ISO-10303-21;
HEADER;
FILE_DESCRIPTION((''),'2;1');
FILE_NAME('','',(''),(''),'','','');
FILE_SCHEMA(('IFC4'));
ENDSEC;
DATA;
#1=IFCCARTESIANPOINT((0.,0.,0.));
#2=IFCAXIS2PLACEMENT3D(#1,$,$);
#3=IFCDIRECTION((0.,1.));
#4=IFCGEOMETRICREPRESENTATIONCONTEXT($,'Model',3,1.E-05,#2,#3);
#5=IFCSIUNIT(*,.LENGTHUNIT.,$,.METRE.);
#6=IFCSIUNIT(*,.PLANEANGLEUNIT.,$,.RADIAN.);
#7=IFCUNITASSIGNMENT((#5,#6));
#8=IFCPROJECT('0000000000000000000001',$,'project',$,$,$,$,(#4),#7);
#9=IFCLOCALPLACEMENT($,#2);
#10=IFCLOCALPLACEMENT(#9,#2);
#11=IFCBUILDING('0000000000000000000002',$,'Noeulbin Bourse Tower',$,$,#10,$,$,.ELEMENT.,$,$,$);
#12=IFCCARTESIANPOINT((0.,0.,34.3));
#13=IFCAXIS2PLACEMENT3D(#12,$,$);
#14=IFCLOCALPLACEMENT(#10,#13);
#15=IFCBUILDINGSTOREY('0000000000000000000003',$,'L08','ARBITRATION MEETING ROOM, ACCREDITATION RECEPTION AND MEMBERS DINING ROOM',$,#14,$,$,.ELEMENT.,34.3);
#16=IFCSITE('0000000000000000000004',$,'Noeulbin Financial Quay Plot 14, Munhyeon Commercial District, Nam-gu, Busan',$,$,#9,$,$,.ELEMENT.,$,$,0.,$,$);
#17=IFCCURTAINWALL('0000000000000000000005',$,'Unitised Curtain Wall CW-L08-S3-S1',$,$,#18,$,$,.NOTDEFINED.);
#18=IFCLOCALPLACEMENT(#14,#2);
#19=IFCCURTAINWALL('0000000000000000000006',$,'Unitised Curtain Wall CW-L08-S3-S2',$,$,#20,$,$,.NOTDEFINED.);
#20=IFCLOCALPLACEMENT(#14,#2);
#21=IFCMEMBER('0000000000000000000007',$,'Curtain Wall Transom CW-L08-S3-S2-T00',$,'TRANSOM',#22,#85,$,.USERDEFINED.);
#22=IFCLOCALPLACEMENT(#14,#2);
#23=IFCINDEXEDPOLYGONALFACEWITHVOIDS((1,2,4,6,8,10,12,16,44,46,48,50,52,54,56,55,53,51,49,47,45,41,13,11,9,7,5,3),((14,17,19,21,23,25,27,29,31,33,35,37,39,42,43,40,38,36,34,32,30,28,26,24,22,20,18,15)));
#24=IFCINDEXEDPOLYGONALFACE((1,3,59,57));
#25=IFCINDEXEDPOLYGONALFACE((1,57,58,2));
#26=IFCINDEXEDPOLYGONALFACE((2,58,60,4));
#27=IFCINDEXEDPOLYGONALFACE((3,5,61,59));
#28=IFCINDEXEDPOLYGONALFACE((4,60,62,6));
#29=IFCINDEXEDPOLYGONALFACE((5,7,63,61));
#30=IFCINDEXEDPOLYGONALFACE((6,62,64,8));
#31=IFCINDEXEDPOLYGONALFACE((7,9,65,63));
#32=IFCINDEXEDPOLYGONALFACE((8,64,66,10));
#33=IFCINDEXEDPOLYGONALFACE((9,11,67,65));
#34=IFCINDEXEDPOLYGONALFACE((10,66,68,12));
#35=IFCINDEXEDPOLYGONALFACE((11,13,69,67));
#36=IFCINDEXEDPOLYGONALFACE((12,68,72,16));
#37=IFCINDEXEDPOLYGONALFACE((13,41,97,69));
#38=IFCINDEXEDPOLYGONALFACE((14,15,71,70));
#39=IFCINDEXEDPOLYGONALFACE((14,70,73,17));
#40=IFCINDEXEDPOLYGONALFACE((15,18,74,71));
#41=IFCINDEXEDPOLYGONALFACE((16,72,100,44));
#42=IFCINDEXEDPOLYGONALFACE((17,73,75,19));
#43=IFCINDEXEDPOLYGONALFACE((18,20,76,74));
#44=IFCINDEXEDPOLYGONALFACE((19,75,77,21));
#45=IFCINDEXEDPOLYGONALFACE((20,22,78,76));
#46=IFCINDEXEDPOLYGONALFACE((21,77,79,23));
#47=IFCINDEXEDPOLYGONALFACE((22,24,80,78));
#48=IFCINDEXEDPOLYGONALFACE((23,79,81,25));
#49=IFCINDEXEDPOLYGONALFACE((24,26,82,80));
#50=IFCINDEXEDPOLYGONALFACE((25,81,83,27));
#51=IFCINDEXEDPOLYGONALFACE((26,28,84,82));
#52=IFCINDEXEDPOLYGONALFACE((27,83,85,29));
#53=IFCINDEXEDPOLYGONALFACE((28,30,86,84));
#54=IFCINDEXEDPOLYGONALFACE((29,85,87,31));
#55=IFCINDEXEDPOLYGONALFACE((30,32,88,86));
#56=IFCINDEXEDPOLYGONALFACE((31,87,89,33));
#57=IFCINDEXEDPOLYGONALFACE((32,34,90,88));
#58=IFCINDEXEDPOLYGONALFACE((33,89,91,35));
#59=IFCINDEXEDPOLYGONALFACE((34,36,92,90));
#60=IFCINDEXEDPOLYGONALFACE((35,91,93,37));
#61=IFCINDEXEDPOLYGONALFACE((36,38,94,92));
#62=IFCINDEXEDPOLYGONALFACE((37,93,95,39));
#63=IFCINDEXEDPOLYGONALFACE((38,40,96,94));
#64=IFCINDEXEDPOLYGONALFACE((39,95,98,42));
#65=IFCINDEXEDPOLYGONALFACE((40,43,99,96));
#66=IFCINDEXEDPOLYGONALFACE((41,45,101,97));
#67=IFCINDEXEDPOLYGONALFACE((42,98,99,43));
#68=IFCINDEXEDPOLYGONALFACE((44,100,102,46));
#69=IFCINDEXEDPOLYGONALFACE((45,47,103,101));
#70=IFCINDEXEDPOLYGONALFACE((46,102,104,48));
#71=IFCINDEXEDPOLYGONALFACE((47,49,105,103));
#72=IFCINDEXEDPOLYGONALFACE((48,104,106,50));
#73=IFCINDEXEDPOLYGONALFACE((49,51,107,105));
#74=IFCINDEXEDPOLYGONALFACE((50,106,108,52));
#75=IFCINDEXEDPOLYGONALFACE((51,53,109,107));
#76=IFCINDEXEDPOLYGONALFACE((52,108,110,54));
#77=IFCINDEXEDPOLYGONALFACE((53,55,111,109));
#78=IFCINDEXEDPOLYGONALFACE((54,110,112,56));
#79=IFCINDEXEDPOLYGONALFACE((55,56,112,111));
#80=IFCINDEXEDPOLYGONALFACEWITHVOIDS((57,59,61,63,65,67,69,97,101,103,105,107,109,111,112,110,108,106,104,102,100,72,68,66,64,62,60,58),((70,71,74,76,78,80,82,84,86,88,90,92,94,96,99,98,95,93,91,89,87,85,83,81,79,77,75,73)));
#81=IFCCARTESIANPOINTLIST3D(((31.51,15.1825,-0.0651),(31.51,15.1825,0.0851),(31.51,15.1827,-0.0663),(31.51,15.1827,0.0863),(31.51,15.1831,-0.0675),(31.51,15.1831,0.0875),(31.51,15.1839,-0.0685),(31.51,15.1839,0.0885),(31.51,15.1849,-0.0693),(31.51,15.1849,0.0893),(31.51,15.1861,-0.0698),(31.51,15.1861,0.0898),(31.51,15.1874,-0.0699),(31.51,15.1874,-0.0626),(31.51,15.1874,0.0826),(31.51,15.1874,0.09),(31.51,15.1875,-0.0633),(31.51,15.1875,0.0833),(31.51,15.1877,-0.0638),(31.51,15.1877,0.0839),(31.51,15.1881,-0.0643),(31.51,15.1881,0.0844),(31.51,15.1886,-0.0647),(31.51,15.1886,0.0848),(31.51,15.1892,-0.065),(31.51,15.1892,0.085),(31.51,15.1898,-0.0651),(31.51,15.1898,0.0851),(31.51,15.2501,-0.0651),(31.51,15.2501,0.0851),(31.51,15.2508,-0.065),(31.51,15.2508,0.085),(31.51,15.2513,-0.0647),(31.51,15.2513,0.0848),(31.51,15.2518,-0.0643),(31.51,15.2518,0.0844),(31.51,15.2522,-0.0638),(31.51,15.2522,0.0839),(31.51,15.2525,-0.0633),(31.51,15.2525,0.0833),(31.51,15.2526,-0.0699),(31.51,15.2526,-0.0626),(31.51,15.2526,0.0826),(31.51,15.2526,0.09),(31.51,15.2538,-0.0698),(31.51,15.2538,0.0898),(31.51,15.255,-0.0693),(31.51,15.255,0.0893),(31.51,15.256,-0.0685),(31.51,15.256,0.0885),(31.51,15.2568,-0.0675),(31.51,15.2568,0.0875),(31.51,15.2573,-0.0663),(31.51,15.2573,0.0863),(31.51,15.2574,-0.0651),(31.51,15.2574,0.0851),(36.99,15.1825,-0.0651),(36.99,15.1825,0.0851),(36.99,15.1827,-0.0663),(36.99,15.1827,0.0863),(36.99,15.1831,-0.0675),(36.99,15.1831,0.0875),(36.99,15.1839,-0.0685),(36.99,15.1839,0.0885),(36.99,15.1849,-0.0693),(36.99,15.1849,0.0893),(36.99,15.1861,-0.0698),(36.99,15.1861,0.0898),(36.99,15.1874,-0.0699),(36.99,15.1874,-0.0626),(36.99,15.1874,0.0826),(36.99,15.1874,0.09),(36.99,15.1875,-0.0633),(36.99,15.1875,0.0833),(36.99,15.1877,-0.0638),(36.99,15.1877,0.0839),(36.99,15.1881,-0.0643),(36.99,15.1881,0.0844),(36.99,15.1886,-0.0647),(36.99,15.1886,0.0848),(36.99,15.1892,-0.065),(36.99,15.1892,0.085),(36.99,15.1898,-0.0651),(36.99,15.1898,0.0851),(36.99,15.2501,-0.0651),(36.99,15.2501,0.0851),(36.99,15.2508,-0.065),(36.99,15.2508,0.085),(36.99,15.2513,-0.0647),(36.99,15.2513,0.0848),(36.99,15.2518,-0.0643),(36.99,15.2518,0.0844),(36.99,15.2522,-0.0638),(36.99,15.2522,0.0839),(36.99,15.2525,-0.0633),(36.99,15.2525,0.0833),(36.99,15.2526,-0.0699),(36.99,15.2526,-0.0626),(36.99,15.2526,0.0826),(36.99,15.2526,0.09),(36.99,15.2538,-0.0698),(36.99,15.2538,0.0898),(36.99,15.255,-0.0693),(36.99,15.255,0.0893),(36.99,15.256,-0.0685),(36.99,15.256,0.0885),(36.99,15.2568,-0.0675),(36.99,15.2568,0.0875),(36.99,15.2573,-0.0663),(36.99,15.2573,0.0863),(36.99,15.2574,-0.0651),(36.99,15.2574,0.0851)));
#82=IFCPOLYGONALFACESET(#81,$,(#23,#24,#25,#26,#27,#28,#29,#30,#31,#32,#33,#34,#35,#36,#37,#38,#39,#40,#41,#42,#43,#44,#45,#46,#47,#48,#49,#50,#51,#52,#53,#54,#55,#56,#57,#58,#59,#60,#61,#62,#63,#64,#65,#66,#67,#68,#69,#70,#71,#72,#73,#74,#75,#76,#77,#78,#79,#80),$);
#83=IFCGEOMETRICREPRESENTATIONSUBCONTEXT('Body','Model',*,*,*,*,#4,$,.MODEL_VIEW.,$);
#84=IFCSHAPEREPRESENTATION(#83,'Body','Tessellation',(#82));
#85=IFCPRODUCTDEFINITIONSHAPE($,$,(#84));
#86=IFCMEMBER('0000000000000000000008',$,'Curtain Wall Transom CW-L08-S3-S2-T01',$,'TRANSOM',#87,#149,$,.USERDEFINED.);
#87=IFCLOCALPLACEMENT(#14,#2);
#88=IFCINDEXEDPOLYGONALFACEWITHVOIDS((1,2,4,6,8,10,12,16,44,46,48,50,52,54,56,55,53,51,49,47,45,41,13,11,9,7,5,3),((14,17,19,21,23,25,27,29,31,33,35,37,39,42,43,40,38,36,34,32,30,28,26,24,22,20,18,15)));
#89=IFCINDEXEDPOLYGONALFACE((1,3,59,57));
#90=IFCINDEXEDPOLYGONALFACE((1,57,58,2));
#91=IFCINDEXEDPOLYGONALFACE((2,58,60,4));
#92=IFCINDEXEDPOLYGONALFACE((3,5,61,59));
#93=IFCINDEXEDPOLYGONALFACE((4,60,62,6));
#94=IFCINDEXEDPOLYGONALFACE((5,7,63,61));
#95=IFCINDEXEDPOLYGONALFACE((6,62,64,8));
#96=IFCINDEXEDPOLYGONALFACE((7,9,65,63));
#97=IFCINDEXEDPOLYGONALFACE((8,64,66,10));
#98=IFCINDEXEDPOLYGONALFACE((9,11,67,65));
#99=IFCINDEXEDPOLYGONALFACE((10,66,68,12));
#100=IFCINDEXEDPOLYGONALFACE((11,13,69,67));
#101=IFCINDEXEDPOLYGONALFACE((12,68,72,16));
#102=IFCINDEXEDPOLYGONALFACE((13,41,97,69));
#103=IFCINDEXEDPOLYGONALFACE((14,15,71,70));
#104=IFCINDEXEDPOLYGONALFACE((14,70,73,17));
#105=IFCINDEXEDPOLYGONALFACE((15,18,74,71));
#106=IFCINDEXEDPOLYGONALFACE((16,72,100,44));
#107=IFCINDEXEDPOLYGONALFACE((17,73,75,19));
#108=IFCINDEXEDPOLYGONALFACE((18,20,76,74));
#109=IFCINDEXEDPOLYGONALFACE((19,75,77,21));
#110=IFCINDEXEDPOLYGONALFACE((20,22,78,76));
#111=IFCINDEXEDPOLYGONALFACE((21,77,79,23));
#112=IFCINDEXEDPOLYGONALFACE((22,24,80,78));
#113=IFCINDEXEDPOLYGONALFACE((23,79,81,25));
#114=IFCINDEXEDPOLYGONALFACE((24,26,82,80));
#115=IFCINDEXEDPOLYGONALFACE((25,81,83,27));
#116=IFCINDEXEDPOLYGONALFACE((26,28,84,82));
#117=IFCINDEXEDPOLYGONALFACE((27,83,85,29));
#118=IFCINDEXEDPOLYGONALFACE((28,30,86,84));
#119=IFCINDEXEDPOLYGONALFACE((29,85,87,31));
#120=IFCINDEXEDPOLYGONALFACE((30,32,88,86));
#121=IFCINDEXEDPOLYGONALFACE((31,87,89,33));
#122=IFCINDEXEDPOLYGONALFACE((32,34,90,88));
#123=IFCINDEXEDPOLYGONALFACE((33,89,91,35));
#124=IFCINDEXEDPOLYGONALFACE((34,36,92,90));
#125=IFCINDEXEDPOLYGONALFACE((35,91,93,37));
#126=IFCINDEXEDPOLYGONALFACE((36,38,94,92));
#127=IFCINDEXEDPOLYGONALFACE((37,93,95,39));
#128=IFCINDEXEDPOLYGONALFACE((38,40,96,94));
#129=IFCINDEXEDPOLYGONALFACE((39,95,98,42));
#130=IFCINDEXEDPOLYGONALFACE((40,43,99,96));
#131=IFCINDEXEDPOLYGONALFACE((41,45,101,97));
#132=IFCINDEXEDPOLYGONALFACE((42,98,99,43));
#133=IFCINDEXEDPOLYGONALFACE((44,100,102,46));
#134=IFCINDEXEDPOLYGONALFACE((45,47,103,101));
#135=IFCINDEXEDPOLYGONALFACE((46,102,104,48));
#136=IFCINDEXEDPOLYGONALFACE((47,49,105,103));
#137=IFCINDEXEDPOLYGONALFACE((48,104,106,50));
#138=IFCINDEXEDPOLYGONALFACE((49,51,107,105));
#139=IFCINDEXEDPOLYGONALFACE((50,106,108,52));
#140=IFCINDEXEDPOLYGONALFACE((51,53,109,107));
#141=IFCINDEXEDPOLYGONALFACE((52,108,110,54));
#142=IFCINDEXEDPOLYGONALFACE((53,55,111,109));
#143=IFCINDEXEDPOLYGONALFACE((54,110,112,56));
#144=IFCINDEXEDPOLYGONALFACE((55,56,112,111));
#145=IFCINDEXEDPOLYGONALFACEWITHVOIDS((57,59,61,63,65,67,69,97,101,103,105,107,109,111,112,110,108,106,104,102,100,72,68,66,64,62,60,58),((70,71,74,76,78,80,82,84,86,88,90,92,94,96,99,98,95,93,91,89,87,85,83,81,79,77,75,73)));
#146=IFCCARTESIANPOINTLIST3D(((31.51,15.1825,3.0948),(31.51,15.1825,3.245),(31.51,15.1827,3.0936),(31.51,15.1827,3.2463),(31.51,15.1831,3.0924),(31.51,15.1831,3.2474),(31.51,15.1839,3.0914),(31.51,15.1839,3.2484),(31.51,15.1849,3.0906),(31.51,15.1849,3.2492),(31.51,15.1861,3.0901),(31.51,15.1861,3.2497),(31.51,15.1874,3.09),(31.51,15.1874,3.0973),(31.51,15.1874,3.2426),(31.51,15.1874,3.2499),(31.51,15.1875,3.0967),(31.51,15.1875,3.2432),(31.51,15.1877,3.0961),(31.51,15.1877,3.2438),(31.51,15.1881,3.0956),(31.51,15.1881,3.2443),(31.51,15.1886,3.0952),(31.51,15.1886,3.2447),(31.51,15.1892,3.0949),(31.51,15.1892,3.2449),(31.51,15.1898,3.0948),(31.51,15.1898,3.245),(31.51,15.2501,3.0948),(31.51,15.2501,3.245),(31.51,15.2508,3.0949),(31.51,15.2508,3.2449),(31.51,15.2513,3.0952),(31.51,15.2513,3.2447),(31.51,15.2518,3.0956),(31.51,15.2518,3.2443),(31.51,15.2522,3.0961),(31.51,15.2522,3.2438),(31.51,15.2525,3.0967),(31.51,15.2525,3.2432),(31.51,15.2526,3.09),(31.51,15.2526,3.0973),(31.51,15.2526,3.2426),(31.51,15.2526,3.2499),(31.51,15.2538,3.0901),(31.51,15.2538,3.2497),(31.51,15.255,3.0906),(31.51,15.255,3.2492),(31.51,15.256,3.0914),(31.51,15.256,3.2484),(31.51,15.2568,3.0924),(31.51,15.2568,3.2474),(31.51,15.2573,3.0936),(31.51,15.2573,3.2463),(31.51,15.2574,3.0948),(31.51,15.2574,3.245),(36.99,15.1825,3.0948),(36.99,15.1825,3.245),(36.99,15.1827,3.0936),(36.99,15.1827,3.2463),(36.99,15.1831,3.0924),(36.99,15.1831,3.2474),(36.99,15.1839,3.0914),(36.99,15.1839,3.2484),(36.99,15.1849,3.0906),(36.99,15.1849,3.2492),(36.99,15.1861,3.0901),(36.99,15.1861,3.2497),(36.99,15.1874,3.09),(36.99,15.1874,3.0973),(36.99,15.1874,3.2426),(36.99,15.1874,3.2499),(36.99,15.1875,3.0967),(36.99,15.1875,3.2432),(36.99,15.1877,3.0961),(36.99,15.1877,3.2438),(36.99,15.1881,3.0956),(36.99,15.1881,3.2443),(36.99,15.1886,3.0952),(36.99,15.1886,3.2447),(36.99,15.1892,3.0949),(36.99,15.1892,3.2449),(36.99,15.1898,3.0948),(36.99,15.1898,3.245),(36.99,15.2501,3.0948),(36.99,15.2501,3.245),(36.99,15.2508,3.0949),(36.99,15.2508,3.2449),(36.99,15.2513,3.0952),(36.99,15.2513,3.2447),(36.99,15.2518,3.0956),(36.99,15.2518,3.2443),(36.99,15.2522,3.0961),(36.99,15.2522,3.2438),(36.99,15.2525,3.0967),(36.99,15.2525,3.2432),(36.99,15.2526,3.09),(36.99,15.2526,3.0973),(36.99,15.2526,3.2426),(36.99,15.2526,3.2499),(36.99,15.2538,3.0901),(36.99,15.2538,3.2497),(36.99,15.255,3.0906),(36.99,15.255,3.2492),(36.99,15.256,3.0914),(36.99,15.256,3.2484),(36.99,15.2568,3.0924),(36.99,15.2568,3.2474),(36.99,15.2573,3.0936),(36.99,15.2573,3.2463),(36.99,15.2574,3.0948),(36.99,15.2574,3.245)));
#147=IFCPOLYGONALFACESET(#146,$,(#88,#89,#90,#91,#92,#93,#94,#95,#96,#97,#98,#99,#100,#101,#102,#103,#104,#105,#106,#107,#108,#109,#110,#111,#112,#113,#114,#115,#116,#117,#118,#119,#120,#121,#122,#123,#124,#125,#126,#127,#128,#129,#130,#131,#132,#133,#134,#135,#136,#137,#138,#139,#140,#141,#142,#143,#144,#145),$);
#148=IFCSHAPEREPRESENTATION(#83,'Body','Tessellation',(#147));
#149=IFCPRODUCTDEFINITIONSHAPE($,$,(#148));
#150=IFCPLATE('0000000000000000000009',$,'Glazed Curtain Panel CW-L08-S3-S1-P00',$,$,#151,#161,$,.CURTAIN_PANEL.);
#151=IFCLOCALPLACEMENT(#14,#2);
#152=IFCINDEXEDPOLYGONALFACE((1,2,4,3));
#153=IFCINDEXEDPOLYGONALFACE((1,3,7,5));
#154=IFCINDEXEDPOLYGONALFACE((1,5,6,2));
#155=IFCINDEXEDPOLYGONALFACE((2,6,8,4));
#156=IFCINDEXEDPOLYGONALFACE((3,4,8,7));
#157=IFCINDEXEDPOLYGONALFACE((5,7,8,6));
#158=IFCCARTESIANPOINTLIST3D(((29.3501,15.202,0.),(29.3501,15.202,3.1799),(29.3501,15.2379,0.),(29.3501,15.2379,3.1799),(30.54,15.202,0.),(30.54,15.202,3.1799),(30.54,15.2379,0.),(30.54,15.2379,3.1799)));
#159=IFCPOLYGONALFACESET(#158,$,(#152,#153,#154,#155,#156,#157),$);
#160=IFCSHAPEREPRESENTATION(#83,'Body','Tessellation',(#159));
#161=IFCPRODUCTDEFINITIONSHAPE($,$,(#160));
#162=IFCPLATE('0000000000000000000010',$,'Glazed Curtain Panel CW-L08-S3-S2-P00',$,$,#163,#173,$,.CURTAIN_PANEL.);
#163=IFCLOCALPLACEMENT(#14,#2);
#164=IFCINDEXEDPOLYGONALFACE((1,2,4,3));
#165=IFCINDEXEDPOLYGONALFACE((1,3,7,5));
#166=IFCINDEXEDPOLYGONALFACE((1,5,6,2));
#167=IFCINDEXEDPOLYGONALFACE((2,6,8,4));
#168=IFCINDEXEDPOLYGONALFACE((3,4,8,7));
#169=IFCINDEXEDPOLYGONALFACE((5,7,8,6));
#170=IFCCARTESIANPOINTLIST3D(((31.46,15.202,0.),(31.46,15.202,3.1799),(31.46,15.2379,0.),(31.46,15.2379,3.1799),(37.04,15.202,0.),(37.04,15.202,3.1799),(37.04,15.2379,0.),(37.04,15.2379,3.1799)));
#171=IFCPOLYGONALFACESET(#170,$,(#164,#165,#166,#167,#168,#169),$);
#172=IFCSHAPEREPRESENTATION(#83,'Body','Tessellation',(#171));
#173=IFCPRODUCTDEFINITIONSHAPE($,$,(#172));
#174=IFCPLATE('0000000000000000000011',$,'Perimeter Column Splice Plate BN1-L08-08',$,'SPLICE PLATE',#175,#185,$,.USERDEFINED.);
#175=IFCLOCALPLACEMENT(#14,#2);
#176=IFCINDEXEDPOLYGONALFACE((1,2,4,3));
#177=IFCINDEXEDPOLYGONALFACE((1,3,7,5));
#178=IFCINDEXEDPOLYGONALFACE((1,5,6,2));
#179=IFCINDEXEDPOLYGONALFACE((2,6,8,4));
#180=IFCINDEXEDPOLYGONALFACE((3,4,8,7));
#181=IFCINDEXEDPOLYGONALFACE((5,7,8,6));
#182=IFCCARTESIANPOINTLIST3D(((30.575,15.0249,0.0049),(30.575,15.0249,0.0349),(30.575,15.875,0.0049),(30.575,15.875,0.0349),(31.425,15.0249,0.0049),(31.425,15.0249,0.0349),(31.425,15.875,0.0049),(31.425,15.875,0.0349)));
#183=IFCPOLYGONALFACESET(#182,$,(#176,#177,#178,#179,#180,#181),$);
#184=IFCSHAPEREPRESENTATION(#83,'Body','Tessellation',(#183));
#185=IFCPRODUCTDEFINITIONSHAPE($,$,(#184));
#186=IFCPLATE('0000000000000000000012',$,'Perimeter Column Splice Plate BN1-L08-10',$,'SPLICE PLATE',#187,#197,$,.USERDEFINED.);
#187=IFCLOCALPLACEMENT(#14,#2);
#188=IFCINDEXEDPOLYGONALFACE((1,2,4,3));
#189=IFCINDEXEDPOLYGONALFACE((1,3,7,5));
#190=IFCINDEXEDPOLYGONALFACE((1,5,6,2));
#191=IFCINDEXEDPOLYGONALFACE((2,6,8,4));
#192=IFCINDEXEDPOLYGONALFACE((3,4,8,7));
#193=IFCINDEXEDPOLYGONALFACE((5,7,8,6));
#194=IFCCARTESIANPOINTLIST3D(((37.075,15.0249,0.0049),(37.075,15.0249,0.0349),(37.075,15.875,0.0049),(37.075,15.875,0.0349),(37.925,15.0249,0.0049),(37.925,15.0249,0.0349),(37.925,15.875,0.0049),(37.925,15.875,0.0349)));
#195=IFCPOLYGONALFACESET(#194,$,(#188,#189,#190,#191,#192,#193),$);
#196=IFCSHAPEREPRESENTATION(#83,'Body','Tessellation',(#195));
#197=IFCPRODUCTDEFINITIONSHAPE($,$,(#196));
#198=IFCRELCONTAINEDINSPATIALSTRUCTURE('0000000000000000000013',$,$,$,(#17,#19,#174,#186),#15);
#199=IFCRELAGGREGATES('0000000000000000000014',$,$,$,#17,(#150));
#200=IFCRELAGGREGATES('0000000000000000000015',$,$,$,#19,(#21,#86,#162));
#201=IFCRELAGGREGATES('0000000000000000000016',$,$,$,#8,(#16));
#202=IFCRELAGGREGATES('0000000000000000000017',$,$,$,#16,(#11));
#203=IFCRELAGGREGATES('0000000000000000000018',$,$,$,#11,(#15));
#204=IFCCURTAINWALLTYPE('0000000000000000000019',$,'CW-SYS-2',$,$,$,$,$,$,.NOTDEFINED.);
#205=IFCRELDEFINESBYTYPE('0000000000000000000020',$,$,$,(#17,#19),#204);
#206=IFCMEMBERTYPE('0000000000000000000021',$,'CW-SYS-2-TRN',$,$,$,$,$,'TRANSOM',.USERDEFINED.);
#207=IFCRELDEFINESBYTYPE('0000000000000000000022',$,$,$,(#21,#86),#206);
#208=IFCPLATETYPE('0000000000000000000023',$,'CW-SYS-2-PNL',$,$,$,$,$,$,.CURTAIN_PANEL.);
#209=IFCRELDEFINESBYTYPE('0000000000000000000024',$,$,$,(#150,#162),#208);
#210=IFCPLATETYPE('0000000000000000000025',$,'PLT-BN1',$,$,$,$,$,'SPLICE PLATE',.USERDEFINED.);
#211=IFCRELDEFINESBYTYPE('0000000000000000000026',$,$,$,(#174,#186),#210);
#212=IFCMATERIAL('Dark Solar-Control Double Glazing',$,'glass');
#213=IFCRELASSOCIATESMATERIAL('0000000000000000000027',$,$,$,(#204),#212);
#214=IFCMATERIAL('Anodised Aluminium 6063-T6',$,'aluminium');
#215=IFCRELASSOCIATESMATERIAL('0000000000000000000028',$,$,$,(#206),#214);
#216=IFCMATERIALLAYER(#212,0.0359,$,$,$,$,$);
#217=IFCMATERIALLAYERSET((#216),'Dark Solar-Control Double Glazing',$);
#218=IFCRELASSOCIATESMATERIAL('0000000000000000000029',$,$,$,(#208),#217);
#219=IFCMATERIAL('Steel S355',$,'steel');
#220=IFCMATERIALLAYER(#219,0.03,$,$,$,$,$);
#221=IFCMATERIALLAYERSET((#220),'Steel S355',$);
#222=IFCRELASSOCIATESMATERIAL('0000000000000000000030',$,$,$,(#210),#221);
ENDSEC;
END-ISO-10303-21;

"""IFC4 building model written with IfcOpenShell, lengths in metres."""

from ifc_helpers import new_model, si_unit, direction, frame, origin, origin_2d, place, context, subcontext, project, spatial, rectangle, hollow_rectangle, extrude, material, layer, layer_set, material_profile, profile_set, type_object, element, aggregate, save


model = new_model("IFC4")

# Units and contexts
model_context = context("Model", 3, precision=1e-05, world=origin(), true_north=direction((0.0, 1.0)))
body_context = subcontext(model_context, "Body", "Model", "MODEL_VIEW")
ifc_project = project(units=[si_unit("LENGTHUNIT", "METRE"), si_unit("PLANEANGLEUNIT", "RADIAN")], contexts=[model_context])

# Site, building, storey
site_placement = place(None, origin())
site = spatial("IfcSite", under=ifc_project, at=site_placement, Name="Noeulbin Financial Quay Plot 14, Munhyeon Commercial District, Nam-gu, Busan", CompositionType="ELEMENT", RefElevation=0.0)
building_placement = place(site_placement, origin())
building = spatial("IfcBuilding", under=site, at=building_placement, Name="Noeulbin Bourse Tower", CompositionType="ELEMENT")
storey_placement = place(building_placement, frame((0.0, 0.0, 34.3)))
storey = spatial("IfcBuildingStorey", under=building, at=storey_placement, Name="L08", Description="ARBITRATION MEETING ROOM, ACCREDITATION RECEPTION AND MEMBERS DINING ROOM", CompositionType="ELEMENT", Elevation=34.3)

# Shared definitions
ifc_material_1 = material(Name="Steel S355", Category="steel")

# Curtain walls
ifc_material_2 = material(Name="Dark Solar-Control Double Glazing", Category="glass")
curtain_wall_type = type_object("IfcCurtainWallType", Name="CW-SYS-2", PredefinedType="NOTDEFINED", material=ifc_material_2)
curtain_wall_1_placement = place(storey_placement, origin())
curtain_wall_1 = element("IfcCurtainWall", 1, at=curtain_wall_1_placement, inside=storey, type_object=curtain_wall_type, Name="Unitised Curtain Wall CW-L08-S3-S1", PredefinedType="NOTDEFINED")
ifc_material_3 = material(Name="Anodised Aluminium 6063-T6", Category="aluminium")
curtain_wall_2_placement = place(storey_placement, origin())
curtain_wall_2 = element("IfcCurtainWall", 2, at=curtain_wall_2_placement, inside=storey, type_object=curtain_wall_type, Name="Unitised Curtain Wall CW-L08-S3-S2", PredefinedType="NOTDEFINED")

# Members
ifc_material_profile_1 = material_profile(ifc_material_3, hollow_rectangle(XDim=0.075, YDim=0.1599, WallThickness=0.0049, InnerFilletRadius=0.0024, OuterFilletRadius=0.0049, at=origin_2d()), Name="ALU-TRAN-75x160x5", Category="LoadBearing")
ifc_profile_set_1 = profile_set([ifc_material_profile_1], Name="Anodised Aluminium 6063-T6")
member_type_1 = type_object("IfcMemberType", Name="CW-SYS-2-TRN", ElementType="TRANSOM", PredefinedType="USERDEFINED", material=ifc_profile_set_1)
member_1_placement = place(storey_placement, frame((31.51, 15.22, 0.01), z_axis=(1.0, 0.0, 0.0), x_axis=(0.0, 1.0, 0.0)))
member_1 = element("IfcMember", 3, at=member_1_placement, type_object=member_type_1, Name="Curtain Wall Transom CW-L08-S3-S2-T00", ObjectType="TRANSOM", PredefinedType="USERDEFINED", context=body_context, shape_type="SweptSolid", body=[
    extrude(hollow_rectangle(XDim=0.075, YDim=0.1599, WallThickness=0.0049, InnerFilletRadius=0.0024, OuterFilletRadius=0.0049, at=origin_2d()), origin(), (0.0, 0.0, 1.0), 5.48),
])
member_2_placement = place(storey_placement, frame((31.51, 15.22, 3.1699), z_axis=(1.0, 0.0, 0.0), x_axis=(0.0, 1.0, 0.0)))
member_2 = element("IfcMember", 4, at=member_2_placement, type_object=member_type_1, Name="Curtain Wall Transom CW-L08-S3-S2-T01", ObjectType="TRANSOM", PredefinedType="USERDEFINED", context=body_context, shape_type="SweptSolid", body=[
    extrude(hollow_rectangle(XDim=0.075, YDim=0.1599, WallThickness=0.0049, InnerFilletRadius=0.0024, OuterFilletRadius=0.0049, at=origin_2d()), origin(), (0.0, 0.0, 1.0), 5.48),
])

# Plates
ifc_layer_1 = layer(ifc_material_2, 0.0359)
ifc_layer_set_1 = layer_set([ifc_layer_1], Name="Dark Solar-Control Double Glazing")
plate_type_1 = type_object("IfcPlateType", Name="CW-SYS-2-PNL", PredefinedType="CURTAIN_PANEL", material=ifc_layer_set_1)
plate_1_placement = place(storey_placement, frame((29.9451, 15.22, 0.0), z_axis=(0.0, 0.0, 1.0), x_axis=(1.0, 0.0, 0.0)))
plate_1 = element("IfcPlate", 5, at=plate_1_placement, type_object=plate_type_1, Name="Glazed Curtain Panel CW-L08-S3-S1-P00", PredefinedType="CURTAIN_PANEL", context=body_context, shape_type="SweptSolid", body=[
    extrude(rectangle(XDim=1.1899, YDim=0.0359, at=origin_2d()), origin(), (0.0, 0.0, 1.0), 3.1799),
])
aggregate(curtain_wall_1, [plate_1])
plate_2_placement = place(storey_placement, frame((34.25, 15.22, 0.0), z_axis=(0.0, 0.0, 1.0), x_axis=(1.0, 0.0, 0.0)))
plate_2 = element("IfcPlate", 6, at=plate_2_placement, type_object=plate_type_1, Name="Glazed Curtain Panel CW-L08-S3-S2-P00", PredefinedType="CURTAIN_PANEL", context=body_context, shape_type="SweptSolid", body=[
    extrude(rectangle(XDim=5.5801, YDim=0.0359, at=origin_2d()), origin(), (0.0, 0.0, 1.0), 3.1799),
])
aggregate(curtain_wall_2, [member_1, member_2, plate_2])

# Plates
ifc_layer_2 = layer(ifc_material_1, 0.03)
ifc_layer_set_2 = layer_set([ifc_layer_2], Name="Steel S355")
plate_type_2 = type_object("IfcPlateType", Name="PLT-BN1", ElementType="SPLICE PLATE", PredefinedType="USERDEFINED", material=ifc_layer_set_2)
for number, where, z_axis, x_axis, name in (
    (7, (31.0, 15.45, 0.0049), (0.0, 0.0, 1.0), (1.0, 0.0, 0.0), "Perimeter Column Splice Plate BN1-L08-08"),
    (8, (37.5, 15.45, 0.0049), (0.0, 0.0, 1.0), (1.0, 0.0, 0.0), "Perimeter Column Splice Plate BN1-L08-10"),
):
    element("IfcPlate", number, at=place(storey_placement, frame(where, z_axis=z_axis, x_axis=x_axis)), inside=storey, type_object=plate_type_2, Name=name, ObjectType="SPLICE PLATE", PredefinedType="USERDEFINED", context=body_context, shape_type="SweptSolid", body=[
        extrude(rectangle(XDim=0.8501, YDim=0.8501, at=origin_2d()), origin(), (0.0, 0.0, 1.0), 0.03),
    ])

save(model, "model.ifc")
